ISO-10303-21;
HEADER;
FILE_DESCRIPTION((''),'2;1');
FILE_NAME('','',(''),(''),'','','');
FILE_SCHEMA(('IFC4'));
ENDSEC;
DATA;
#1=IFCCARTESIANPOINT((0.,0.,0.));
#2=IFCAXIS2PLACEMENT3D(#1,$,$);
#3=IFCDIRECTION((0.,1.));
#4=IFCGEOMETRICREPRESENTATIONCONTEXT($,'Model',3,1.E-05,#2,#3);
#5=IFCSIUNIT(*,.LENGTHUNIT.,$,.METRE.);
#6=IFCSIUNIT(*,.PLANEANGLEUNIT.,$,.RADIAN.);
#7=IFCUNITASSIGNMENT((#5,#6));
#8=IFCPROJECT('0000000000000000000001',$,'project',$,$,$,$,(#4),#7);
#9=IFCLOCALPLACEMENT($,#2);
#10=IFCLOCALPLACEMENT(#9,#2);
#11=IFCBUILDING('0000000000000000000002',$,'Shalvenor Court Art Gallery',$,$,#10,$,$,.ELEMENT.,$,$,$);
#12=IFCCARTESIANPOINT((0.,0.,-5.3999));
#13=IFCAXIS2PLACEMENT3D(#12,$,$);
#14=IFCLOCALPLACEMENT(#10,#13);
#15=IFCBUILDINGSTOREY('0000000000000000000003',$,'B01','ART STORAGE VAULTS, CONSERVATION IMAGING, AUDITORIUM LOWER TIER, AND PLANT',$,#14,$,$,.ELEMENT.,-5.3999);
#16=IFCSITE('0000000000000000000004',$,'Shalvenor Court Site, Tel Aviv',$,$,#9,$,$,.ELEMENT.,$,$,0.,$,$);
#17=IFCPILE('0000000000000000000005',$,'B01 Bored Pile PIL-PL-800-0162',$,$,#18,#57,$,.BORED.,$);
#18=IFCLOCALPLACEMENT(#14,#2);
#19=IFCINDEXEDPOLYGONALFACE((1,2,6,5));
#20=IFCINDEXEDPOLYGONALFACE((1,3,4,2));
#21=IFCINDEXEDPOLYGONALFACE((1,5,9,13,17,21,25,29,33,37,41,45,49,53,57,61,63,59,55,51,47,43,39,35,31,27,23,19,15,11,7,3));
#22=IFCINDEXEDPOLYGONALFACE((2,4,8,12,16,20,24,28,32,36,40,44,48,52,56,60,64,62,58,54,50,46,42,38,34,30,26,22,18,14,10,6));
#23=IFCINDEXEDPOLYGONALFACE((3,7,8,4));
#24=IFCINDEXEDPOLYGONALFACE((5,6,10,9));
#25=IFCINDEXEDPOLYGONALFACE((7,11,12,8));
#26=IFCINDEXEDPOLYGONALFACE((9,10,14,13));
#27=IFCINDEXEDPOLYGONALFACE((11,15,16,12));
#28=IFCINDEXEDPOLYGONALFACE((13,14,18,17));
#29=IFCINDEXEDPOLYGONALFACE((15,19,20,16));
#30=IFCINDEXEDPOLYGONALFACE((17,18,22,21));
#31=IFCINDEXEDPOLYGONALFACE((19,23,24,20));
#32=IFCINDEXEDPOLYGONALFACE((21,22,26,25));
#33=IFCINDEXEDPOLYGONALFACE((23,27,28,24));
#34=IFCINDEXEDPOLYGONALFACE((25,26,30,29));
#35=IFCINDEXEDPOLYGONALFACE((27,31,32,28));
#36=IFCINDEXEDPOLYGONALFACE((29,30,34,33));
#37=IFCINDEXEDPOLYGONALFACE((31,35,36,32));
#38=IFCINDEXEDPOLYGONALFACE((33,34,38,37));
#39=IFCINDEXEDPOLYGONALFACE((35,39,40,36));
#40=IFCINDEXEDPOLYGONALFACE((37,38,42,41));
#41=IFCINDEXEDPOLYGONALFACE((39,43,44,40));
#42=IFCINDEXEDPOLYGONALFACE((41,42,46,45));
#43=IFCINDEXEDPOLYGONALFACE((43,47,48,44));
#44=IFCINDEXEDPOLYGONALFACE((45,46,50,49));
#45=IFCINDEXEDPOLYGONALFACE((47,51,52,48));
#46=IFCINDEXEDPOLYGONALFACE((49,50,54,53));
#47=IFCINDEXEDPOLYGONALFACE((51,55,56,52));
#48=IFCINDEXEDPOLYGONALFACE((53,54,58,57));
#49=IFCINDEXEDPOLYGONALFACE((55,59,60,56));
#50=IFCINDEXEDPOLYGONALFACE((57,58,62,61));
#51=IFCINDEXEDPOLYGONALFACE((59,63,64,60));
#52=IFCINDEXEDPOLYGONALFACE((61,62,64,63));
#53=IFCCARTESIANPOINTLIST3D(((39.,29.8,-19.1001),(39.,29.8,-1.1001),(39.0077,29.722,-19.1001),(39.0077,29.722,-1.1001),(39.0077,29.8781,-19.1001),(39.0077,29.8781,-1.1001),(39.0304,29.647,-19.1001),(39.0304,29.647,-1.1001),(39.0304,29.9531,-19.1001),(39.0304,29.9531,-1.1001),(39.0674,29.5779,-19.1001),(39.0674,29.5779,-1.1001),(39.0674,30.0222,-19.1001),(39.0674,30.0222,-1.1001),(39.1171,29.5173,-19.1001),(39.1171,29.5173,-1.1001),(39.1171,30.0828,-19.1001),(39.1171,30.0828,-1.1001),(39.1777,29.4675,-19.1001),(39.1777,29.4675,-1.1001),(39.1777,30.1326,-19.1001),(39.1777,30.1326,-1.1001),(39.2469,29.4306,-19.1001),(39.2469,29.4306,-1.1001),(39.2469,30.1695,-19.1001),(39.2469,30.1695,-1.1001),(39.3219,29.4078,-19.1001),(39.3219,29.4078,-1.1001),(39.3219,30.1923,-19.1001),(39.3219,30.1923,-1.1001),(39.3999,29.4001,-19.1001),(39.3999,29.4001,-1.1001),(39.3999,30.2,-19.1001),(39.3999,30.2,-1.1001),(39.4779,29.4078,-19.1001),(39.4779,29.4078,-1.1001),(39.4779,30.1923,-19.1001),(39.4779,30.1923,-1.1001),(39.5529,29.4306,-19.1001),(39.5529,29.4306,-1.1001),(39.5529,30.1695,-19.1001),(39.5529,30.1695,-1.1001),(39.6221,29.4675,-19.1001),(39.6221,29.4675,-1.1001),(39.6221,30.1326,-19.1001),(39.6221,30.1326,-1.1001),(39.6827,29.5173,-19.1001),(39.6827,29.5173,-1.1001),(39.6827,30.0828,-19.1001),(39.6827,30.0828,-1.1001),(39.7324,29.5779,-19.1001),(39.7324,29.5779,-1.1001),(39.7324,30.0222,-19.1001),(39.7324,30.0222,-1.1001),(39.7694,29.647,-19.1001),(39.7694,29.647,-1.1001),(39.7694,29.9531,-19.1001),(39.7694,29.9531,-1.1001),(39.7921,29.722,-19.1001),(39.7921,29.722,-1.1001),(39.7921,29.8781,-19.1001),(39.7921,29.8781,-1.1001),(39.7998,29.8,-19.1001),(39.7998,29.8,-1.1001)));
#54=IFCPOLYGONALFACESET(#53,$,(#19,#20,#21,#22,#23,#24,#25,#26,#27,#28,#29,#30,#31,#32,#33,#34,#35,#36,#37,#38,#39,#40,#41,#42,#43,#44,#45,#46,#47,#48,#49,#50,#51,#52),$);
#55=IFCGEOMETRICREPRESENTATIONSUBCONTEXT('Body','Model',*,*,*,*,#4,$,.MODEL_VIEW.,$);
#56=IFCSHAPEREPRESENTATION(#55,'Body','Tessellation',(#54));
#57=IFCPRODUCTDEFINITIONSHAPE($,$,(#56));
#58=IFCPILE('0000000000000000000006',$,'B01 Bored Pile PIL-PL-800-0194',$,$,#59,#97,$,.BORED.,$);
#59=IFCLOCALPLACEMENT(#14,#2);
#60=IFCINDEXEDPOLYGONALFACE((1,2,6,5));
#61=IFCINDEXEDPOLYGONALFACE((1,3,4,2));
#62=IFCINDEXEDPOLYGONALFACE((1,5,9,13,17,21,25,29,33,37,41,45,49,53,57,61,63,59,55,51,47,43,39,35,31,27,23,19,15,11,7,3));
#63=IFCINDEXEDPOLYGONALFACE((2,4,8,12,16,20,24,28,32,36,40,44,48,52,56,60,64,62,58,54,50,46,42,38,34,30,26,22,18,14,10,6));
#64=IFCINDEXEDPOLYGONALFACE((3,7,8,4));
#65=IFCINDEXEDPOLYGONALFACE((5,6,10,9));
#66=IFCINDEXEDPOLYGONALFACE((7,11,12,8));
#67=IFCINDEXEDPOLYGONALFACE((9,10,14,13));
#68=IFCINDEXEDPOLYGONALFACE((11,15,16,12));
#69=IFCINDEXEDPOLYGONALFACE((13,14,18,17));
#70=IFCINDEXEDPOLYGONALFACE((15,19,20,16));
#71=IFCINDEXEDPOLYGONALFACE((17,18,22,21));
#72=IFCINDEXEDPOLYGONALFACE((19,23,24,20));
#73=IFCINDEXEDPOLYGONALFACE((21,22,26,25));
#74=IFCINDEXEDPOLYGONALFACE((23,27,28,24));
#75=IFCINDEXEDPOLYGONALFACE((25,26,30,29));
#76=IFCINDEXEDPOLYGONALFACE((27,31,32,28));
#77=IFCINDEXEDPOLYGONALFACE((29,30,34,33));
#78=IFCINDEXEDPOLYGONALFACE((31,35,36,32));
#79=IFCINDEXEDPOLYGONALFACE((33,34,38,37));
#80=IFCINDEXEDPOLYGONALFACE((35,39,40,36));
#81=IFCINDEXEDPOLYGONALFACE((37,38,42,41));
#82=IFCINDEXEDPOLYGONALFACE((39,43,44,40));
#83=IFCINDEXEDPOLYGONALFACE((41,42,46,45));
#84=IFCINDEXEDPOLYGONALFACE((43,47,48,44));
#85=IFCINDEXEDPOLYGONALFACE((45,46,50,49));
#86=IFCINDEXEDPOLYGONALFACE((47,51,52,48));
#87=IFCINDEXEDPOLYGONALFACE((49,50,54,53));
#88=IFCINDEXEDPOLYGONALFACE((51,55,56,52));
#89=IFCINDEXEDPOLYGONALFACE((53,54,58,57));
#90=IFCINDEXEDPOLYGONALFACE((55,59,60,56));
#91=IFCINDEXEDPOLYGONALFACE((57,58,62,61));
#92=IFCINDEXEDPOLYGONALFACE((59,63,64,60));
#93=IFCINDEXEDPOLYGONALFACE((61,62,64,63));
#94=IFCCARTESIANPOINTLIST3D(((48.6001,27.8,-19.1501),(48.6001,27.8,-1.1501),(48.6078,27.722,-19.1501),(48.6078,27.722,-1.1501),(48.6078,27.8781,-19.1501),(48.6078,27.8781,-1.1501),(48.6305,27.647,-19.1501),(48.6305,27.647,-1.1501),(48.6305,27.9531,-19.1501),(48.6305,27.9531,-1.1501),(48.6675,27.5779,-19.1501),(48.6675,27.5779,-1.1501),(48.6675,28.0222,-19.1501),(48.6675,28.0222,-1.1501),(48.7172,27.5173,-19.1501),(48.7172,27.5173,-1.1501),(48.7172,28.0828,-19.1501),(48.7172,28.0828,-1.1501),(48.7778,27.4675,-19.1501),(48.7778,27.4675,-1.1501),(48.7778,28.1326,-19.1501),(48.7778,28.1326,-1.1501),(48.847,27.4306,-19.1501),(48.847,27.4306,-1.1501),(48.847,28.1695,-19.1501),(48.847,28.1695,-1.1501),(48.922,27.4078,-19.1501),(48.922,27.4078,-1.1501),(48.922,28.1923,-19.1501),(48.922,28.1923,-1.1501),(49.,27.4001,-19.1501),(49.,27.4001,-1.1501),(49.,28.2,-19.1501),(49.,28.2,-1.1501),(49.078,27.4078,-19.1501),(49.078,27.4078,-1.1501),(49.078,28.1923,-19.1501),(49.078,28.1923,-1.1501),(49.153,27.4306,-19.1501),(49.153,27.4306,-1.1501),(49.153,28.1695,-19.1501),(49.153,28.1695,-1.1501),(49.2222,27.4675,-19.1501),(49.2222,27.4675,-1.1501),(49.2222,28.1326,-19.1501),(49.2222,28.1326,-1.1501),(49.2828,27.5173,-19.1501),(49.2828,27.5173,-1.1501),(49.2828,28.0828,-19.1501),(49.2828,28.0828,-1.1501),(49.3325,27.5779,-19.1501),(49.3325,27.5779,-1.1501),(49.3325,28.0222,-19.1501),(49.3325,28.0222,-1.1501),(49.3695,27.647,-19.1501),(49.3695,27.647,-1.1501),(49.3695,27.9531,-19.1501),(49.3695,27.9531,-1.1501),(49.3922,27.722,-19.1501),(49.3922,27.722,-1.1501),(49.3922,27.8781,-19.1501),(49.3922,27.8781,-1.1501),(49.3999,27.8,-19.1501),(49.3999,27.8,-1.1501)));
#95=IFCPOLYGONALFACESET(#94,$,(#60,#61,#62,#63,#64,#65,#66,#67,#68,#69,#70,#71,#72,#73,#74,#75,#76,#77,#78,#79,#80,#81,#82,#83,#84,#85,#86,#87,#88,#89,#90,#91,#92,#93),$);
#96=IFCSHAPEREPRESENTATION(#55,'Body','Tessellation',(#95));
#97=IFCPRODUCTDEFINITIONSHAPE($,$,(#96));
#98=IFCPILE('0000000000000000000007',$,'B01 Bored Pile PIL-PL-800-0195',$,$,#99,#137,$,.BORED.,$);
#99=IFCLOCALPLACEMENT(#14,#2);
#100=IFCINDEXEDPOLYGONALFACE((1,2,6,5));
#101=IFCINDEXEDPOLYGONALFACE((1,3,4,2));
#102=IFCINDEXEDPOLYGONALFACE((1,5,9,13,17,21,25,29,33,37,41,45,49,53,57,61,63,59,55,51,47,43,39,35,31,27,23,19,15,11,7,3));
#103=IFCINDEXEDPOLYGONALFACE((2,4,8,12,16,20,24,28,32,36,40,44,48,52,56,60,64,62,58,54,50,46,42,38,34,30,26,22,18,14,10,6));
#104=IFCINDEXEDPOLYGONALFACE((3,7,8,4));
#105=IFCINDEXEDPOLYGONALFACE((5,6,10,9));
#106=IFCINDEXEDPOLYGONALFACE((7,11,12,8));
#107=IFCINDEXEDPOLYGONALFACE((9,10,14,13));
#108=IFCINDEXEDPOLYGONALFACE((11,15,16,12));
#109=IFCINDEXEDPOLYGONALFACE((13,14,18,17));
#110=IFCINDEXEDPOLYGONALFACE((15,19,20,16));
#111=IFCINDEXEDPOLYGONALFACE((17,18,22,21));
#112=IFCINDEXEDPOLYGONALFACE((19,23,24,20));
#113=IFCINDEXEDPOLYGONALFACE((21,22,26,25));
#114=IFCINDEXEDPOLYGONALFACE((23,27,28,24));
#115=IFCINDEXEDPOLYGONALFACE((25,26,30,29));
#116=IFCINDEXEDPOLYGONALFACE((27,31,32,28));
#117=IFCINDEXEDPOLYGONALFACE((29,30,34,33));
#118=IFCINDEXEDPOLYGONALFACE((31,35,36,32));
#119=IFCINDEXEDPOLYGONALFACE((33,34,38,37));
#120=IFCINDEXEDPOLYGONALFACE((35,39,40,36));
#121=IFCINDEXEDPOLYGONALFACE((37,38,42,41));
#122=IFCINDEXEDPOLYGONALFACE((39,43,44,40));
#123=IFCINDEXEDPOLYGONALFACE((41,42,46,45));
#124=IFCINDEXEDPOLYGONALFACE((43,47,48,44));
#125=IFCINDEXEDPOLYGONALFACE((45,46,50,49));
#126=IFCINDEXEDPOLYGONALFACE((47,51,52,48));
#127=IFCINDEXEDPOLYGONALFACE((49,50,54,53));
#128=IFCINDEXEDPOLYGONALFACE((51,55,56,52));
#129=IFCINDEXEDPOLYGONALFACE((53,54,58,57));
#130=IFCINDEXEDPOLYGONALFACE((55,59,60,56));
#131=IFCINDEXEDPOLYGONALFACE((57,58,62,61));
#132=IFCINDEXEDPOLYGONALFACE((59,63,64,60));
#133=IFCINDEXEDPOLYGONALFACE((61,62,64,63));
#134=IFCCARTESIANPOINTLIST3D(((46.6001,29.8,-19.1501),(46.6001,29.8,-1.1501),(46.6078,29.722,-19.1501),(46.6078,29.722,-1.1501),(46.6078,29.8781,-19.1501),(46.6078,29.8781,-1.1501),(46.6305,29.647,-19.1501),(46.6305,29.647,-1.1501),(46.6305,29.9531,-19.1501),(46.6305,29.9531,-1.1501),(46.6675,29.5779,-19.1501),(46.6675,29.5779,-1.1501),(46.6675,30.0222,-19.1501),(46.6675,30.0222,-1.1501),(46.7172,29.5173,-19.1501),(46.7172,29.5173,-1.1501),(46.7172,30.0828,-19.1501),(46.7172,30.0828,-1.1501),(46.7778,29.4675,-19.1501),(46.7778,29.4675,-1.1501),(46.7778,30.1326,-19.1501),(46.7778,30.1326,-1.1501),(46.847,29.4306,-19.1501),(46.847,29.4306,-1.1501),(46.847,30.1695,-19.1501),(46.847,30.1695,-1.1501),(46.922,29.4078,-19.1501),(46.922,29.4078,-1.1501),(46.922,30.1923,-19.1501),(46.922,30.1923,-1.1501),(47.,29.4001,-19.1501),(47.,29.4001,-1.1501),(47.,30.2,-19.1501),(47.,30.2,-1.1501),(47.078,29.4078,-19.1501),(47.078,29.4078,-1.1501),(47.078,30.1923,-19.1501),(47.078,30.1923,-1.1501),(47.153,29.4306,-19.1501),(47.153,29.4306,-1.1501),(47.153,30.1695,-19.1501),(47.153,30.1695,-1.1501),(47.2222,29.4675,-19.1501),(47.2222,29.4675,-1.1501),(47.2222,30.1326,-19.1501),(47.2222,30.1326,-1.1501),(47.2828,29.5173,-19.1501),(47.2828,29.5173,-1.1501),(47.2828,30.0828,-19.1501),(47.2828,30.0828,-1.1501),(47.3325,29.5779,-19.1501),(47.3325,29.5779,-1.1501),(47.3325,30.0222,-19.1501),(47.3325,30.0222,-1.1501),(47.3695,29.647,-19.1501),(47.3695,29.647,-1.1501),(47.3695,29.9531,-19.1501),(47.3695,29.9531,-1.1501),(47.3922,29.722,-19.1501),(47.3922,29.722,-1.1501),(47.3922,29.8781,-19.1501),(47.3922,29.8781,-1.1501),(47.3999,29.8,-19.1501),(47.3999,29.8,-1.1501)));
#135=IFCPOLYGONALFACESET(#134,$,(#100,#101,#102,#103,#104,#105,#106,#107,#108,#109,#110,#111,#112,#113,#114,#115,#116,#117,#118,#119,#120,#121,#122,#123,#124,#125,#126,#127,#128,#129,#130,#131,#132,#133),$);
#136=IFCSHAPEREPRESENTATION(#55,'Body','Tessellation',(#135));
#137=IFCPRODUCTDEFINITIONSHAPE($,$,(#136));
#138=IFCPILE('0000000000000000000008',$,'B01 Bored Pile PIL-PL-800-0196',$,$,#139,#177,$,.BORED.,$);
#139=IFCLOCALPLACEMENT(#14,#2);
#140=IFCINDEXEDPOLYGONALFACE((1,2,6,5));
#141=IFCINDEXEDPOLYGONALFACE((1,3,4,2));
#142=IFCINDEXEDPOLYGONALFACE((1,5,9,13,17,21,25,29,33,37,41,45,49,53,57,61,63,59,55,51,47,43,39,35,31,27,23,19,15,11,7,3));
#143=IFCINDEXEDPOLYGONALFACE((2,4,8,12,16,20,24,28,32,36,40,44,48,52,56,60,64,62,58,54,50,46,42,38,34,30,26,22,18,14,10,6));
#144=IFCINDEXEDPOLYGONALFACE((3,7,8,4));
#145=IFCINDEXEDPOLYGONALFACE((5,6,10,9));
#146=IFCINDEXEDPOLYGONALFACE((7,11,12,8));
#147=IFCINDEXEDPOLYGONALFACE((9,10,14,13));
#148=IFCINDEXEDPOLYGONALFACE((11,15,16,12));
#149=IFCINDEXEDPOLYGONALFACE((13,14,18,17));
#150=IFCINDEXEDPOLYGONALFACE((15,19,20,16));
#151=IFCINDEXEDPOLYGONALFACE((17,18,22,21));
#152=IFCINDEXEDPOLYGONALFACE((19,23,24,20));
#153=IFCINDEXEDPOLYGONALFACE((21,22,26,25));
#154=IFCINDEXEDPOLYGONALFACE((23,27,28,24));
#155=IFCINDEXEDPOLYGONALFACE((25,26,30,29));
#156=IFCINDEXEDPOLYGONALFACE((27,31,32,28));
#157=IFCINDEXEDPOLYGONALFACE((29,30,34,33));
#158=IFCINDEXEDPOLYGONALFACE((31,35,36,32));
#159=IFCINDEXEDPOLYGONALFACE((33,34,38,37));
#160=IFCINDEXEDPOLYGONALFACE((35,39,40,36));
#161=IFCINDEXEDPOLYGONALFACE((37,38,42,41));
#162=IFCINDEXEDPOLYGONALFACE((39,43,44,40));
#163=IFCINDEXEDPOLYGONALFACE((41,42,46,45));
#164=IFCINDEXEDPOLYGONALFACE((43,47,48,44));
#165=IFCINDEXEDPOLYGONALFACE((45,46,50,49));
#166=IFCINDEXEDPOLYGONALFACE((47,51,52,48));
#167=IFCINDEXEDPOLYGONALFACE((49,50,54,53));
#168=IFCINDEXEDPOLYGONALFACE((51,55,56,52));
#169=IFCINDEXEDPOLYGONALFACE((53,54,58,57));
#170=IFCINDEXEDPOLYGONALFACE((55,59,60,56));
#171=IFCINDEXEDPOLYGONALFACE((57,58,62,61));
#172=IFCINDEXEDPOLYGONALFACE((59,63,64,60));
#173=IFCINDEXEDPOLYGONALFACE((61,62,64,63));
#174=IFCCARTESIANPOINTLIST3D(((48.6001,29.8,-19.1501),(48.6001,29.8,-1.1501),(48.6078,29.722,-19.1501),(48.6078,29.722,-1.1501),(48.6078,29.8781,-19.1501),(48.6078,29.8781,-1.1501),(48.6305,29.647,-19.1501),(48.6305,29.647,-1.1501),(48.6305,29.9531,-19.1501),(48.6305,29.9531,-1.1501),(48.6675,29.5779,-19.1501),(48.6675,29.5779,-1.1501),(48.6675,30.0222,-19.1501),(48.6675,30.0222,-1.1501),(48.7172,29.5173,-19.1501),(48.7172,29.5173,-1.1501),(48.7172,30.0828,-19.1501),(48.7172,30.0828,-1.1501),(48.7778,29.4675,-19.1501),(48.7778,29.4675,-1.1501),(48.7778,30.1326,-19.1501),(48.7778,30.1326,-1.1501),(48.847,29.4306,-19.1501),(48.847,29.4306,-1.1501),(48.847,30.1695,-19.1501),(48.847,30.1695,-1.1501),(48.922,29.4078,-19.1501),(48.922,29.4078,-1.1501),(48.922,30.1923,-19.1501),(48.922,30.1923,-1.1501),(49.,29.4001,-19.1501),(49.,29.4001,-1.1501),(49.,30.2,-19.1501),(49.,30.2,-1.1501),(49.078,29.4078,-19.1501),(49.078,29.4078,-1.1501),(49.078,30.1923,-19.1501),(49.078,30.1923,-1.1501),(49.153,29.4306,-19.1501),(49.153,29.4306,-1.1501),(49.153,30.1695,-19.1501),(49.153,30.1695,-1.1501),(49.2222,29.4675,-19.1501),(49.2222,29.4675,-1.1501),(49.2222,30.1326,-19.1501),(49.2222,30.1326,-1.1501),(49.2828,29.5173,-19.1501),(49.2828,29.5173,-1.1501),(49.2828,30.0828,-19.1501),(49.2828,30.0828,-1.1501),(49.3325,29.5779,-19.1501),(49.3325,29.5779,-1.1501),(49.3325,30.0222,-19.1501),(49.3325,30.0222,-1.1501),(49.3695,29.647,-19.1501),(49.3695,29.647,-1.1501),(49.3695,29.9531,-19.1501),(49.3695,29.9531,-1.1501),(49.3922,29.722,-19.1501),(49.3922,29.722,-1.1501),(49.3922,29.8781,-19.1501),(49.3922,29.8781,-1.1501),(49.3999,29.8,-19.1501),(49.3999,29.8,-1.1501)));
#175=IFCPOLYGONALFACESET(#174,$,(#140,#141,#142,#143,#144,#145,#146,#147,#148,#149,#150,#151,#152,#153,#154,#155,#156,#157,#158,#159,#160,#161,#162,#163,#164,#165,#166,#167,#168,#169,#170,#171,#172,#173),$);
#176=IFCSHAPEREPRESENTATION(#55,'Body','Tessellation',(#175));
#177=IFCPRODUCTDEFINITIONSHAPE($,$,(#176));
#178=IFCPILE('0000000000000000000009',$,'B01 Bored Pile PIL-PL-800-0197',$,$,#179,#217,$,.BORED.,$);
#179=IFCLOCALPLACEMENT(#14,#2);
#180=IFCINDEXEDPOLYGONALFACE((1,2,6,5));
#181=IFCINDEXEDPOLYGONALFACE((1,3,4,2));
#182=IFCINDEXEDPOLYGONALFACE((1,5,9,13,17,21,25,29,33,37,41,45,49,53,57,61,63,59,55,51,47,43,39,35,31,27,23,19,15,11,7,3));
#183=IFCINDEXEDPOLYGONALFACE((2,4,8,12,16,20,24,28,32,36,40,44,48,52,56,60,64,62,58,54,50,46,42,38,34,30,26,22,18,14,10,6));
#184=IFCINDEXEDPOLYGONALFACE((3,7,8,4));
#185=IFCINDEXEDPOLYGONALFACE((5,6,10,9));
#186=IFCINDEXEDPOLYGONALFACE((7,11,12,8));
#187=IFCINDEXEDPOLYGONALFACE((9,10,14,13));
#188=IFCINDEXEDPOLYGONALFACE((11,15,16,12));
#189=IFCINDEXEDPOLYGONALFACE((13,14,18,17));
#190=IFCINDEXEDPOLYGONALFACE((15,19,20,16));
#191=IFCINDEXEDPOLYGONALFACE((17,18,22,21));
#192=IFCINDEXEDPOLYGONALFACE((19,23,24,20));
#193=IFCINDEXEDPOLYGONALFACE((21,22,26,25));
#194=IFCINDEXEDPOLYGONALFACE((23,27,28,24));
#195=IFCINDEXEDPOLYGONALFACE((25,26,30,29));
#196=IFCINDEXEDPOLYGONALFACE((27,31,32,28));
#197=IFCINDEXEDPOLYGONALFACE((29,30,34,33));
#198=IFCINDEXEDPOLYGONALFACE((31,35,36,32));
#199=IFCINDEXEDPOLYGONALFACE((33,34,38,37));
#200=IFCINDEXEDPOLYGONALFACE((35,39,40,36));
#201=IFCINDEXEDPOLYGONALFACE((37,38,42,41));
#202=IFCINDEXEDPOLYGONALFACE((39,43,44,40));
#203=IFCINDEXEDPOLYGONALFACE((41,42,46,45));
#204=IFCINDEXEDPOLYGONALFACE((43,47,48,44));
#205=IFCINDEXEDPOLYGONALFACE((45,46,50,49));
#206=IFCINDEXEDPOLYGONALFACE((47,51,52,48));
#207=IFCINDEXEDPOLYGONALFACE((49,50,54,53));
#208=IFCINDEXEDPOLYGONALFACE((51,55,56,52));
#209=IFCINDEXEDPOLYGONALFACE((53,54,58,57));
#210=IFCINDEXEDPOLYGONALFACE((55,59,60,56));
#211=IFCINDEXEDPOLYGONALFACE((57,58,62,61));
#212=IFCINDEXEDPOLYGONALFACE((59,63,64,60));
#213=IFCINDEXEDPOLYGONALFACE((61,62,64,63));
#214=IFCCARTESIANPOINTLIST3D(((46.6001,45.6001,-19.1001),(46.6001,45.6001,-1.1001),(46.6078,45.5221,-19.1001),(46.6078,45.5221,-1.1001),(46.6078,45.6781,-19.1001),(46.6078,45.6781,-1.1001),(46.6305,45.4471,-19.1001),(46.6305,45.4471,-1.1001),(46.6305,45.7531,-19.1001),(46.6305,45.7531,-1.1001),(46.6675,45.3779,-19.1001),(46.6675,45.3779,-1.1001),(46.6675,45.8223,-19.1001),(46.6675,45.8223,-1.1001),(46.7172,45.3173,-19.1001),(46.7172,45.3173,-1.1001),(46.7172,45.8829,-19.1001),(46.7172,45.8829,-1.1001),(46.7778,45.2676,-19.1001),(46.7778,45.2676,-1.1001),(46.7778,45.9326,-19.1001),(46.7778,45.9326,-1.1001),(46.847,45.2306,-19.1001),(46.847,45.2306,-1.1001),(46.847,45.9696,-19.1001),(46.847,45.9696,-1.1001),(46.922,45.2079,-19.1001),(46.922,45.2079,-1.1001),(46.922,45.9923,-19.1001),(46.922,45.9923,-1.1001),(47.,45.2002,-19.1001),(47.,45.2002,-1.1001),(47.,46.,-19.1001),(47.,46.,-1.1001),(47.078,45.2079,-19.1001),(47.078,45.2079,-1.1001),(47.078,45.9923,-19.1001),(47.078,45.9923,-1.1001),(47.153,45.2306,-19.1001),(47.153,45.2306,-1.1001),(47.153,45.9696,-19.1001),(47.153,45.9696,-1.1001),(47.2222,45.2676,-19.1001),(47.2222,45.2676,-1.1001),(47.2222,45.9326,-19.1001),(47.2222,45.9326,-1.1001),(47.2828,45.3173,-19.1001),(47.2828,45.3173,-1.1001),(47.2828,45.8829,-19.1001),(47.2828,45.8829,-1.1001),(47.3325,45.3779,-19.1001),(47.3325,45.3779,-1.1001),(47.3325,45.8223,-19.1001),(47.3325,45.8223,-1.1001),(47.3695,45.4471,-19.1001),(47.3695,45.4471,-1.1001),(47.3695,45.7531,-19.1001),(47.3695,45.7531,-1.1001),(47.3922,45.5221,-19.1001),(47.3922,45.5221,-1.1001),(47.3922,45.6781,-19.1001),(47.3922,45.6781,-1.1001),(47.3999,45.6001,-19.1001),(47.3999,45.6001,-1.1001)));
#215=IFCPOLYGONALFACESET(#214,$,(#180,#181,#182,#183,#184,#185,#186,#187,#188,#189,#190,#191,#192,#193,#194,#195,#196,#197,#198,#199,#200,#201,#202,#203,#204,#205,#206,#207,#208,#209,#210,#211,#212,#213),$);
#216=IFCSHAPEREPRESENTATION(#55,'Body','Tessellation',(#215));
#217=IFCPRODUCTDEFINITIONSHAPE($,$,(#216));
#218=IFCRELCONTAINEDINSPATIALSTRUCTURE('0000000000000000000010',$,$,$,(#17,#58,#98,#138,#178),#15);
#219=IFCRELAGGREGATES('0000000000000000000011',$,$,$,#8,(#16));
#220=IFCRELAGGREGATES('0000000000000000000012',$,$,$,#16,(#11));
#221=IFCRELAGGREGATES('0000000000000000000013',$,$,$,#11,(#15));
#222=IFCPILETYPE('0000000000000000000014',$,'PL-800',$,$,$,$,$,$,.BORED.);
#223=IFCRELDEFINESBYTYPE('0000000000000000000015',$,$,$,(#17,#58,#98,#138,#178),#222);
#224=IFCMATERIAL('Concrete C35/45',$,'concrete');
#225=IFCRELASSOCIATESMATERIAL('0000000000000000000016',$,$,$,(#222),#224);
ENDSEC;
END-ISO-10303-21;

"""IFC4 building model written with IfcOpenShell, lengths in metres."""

from ifc_helpers import new_model, si_unit, direction, frame, origin, origin_2d, place, context, subcontext, project, spatial, circle, extrude, material, material_profile, profile_set, type_object, element, save


model = new_model("IFC4")

# Units and contexts
model_context = context("Model", 3, precision=1e-05, world=origin(), true_north=direction((0.0, 1.0)))
body_context = subcontext(model_context, "Body", "Model", "MODEL_VIEW")
ifc_project = project(units=[si_unit("LENGTHUNIT", "METRE"), si_unit("PLANEANGLEUNIT", "RADIAN")], contexts=[model_context])

# Site, building, storey
site_placement = place(None, origin())
site = spatial("IfcSite", under=ifc_project, at=site_placement, Name="Shalvenor Court Site, Tel Aviv", CompositionType="ELEMENT", RefElevation=0.0)
building_placement = place(site_placement, origin())
building = spatial("IfcBuilding", under=site, at=building_placement, Name="Shalvenor Court Art Gallery", CompositionType="ELEMENT")
storey_placement = place(building_placement, frame((0.0, 0.0, -5.3999)))
storey = spatial("IfcBuildingStorey", under=building, at=storey_placement, Name="B01", Description="ART STORAGE VAULTS, CONSERVATION IMAGING, AUDITORIUM LOWER TIER, AND PLANT", CompositionType="ELEMENT", Elevation=-5.3999)

# Piles
ifc_material_1 = material(Name="Concrete C35/45", Category="concrete")
ifc_material_profile_1 = material_profile(ifc_material_1, circle(Radius=0.3999, at=origin_2d()), Name="PILE 800")
ifc_profile_set_1 = profile_set([ifc_material_profile_1], Name="Concrete C35/45")
pile_type_1 = type_object("IfcPileType", Name="PL-800", PredefinedType="BORED", material=ifc_profile_set_1)
for number, where, z_axis, x_axis, name in (
    (1, (39.3999, 29.8, -1.1001), (0.0, 0.0, -1.0), (1.0, 0.0, 0.0), "B01 Bored Pile PIL-PL-800-0162"),
    (2, (49.0, 27.8, -1.1501), (0.0, 0.0, -1.0), (1.0, 0.0, 0.0), "B01 Bored Pile PIL-PL-800-0194"),
    (3, (47.0, 29.8, -1.1501), (0.0, 0.0, -1.0), (1.0, 0.0, 0.0), "B01 Bored Pile PIL-PL-800-0195"),
    (4, (49.0, 29.8, -1.1501), (0.0, 0.0, -1.0), (1.0, 0.0, 0.0), "B01 Bored Pile PIL-PL-800-0196"),
    (5, (47.0, 45.6001, -1.1001), (0.0, 0.0, -1.0), (1.0, 0.0, 0.0), "B01 Bored Pile PIL-PL-800-0197"),
):
    element("IfcPile", number, at=place(storey_placement, frame(where, z_axis=z_axis, x_axis=x_axis)), inside=storey, type_object=pile_type_1, Name=name, PredefinedType="BORED", context=body_context, shape_type="SweptSolid", body=[
        extrude(circle(Radius=0.3999, at=origin_2d()), origin(), (0.0, 0.0, 1.0), 18.0),
    ])

save(model, "model.ifc")
